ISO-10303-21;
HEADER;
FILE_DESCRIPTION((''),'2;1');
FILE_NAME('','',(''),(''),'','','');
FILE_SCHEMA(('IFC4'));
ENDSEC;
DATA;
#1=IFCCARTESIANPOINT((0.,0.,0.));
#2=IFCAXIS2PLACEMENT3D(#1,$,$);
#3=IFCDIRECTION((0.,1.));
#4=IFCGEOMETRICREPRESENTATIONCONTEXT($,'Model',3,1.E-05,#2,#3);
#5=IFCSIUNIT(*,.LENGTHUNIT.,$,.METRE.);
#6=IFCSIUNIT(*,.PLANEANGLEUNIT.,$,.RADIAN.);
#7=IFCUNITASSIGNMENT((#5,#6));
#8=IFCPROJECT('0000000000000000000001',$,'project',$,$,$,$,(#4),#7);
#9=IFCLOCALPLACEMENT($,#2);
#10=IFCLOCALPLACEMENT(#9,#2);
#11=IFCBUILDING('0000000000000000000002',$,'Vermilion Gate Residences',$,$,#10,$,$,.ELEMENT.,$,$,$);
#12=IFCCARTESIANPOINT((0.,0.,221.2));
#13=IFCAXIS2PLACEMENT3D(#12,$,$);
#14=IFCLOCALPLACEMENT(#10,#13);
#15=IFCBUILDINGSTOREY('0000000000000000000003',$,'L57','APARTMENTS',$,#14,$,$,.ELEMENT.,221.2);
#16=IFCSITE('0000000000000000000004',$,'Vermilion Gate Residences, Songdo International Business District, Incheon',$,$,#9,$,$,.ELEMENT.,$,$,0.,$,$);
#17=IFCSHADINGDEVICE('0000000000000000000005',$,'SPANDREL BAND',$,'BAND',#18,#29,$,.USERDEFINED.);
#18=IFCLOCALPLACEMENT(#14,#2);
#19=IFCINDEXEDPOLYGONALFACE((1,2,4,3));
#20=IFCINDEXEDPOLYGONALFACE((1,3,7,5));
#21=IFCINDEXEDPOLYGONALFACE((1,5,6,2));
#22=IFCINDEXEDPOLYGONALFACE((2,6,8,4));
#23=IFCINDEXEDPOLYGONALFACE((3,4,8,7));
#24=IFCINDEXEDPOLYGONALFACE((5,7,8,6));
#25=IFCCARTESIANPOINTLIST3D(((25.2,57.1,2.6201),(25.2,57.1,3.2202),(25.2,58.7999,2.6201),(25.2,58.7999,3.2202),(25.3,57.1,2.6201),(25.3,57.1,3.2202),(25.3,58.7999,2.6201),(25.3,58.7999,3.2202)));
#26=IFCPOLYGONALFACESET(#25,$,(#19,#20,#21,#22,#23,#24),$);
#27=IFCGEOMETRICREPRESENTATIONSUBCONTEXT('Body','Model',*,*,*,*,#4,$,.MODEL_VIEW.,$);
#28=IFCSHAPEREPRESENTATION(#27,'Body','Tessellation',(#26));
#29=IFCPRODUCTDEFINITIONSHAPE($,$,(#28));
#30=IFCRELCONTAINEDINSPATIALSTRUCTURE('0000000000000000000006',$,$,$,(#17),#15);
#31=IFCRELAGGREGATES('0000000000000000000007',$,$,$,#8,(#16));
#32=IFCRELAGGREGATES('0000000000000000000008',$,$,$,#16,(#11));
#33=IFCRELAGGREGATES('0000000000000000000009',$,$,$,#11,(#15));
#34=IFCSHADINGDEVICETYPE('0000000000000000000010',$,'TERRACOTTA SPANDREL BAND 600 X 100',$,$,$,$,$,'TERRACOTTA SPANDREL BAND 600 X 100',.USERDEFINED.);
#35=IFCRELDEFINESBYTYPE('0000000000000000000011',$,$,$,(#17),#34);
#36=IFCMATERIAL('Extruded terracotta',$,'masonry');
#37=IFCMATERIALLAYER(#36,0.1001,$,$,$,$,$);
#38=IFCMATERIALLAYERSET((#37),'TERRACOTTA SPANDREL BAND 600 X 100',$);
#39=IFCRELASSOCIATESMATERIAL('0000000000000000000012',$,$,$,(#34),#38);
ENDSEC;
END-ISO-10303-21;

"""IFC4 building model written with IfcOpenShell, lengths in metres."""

from ifc_helpers import new_model, si_unit, direction, frame, origin, origin_2d, place, context, subcontext, project, spatial, rectangle, extrude, material, layer, layer_set, type_object, element, save


model = new_model("IFC4")

# Units and contexts
model_context = context("Model", 3, precision=1e-05, world=origin(), true_north=direction((0.0, 1.0)))
body_context = subcontext(model_context, "Body", "Model", "MODEL_VIEW")
ifc_project = project(units=[si_unit("LENGTHUNIT", "METRE"), si_unit("PLANEANGLEUNIT", "RADIAN")], contexts=[model_context])

# Site, building, storey
site_placement = place(None, origin())
site = spatial("IfcSite", under=ifc_project, at=site_placement, Name="Vermilion Gate Residences, Songdo International Business District, Incheon", CompositionType="ELEMENT", RefElevation=0.0)
building_placement = place(site_placement, origin())
building = spatial("IfcBuilding", under=site, at=building_placement, Name="Vermilion Gate Residences", CompositionType="ELEMENT")
storey_placement = place(building_placement, frame((0.0, 0.0, 221.2)))
storey = spatial("IfcBuildingStorey", under=building, at=storey_placement, Name="L57", Description="APARTMENTS", CompositionType="ELEMENT", Elevation=221.2)

# Shading device
ifc_material_1 = material(Name="Extruded terracotta", Category="masonry")
ifc_layer_1 = layer(ifc_material_1, 0.1001)
ifc_layer_set_1 = layer_set([ifc_layer_1], Name="TERRACOTTA SPANDREL BAND 600 X 100")
shading_device_type_1 = type_object("IfcShadingDeviceType", Name="TERRACOTTA SPANDREL BAND 600 X 100", ElementType="TERRACOTTA SPANDREL BAND 600 X 100", PredefinedType="USERDEFINED", material=ifc_layer_set_1)
shading_device_1_placement = place(storey_placement, frame((25.25, 57.95, 2.6201), z_axis=(0.0, 0.0, 1.0), x_axis=(0.0, 1.0, 0.0)))
element("IfcShadingDevice", 1, at=shading_device_1_placement, inside=storey, type_object=shading_device_type_1, Name="SPANDREL BAND", ObjectType="BAND", PredefinedType="USERDEFINED", context=body_context, shape_type="SweptSolid", body=[
    extrude(rectangle(XDim=1.7, YDim=0.1001, at=origin_2d()), origin(), (0.0, 0.0, 1.0), 0.6001),
])

save(model, "model.ifc")
